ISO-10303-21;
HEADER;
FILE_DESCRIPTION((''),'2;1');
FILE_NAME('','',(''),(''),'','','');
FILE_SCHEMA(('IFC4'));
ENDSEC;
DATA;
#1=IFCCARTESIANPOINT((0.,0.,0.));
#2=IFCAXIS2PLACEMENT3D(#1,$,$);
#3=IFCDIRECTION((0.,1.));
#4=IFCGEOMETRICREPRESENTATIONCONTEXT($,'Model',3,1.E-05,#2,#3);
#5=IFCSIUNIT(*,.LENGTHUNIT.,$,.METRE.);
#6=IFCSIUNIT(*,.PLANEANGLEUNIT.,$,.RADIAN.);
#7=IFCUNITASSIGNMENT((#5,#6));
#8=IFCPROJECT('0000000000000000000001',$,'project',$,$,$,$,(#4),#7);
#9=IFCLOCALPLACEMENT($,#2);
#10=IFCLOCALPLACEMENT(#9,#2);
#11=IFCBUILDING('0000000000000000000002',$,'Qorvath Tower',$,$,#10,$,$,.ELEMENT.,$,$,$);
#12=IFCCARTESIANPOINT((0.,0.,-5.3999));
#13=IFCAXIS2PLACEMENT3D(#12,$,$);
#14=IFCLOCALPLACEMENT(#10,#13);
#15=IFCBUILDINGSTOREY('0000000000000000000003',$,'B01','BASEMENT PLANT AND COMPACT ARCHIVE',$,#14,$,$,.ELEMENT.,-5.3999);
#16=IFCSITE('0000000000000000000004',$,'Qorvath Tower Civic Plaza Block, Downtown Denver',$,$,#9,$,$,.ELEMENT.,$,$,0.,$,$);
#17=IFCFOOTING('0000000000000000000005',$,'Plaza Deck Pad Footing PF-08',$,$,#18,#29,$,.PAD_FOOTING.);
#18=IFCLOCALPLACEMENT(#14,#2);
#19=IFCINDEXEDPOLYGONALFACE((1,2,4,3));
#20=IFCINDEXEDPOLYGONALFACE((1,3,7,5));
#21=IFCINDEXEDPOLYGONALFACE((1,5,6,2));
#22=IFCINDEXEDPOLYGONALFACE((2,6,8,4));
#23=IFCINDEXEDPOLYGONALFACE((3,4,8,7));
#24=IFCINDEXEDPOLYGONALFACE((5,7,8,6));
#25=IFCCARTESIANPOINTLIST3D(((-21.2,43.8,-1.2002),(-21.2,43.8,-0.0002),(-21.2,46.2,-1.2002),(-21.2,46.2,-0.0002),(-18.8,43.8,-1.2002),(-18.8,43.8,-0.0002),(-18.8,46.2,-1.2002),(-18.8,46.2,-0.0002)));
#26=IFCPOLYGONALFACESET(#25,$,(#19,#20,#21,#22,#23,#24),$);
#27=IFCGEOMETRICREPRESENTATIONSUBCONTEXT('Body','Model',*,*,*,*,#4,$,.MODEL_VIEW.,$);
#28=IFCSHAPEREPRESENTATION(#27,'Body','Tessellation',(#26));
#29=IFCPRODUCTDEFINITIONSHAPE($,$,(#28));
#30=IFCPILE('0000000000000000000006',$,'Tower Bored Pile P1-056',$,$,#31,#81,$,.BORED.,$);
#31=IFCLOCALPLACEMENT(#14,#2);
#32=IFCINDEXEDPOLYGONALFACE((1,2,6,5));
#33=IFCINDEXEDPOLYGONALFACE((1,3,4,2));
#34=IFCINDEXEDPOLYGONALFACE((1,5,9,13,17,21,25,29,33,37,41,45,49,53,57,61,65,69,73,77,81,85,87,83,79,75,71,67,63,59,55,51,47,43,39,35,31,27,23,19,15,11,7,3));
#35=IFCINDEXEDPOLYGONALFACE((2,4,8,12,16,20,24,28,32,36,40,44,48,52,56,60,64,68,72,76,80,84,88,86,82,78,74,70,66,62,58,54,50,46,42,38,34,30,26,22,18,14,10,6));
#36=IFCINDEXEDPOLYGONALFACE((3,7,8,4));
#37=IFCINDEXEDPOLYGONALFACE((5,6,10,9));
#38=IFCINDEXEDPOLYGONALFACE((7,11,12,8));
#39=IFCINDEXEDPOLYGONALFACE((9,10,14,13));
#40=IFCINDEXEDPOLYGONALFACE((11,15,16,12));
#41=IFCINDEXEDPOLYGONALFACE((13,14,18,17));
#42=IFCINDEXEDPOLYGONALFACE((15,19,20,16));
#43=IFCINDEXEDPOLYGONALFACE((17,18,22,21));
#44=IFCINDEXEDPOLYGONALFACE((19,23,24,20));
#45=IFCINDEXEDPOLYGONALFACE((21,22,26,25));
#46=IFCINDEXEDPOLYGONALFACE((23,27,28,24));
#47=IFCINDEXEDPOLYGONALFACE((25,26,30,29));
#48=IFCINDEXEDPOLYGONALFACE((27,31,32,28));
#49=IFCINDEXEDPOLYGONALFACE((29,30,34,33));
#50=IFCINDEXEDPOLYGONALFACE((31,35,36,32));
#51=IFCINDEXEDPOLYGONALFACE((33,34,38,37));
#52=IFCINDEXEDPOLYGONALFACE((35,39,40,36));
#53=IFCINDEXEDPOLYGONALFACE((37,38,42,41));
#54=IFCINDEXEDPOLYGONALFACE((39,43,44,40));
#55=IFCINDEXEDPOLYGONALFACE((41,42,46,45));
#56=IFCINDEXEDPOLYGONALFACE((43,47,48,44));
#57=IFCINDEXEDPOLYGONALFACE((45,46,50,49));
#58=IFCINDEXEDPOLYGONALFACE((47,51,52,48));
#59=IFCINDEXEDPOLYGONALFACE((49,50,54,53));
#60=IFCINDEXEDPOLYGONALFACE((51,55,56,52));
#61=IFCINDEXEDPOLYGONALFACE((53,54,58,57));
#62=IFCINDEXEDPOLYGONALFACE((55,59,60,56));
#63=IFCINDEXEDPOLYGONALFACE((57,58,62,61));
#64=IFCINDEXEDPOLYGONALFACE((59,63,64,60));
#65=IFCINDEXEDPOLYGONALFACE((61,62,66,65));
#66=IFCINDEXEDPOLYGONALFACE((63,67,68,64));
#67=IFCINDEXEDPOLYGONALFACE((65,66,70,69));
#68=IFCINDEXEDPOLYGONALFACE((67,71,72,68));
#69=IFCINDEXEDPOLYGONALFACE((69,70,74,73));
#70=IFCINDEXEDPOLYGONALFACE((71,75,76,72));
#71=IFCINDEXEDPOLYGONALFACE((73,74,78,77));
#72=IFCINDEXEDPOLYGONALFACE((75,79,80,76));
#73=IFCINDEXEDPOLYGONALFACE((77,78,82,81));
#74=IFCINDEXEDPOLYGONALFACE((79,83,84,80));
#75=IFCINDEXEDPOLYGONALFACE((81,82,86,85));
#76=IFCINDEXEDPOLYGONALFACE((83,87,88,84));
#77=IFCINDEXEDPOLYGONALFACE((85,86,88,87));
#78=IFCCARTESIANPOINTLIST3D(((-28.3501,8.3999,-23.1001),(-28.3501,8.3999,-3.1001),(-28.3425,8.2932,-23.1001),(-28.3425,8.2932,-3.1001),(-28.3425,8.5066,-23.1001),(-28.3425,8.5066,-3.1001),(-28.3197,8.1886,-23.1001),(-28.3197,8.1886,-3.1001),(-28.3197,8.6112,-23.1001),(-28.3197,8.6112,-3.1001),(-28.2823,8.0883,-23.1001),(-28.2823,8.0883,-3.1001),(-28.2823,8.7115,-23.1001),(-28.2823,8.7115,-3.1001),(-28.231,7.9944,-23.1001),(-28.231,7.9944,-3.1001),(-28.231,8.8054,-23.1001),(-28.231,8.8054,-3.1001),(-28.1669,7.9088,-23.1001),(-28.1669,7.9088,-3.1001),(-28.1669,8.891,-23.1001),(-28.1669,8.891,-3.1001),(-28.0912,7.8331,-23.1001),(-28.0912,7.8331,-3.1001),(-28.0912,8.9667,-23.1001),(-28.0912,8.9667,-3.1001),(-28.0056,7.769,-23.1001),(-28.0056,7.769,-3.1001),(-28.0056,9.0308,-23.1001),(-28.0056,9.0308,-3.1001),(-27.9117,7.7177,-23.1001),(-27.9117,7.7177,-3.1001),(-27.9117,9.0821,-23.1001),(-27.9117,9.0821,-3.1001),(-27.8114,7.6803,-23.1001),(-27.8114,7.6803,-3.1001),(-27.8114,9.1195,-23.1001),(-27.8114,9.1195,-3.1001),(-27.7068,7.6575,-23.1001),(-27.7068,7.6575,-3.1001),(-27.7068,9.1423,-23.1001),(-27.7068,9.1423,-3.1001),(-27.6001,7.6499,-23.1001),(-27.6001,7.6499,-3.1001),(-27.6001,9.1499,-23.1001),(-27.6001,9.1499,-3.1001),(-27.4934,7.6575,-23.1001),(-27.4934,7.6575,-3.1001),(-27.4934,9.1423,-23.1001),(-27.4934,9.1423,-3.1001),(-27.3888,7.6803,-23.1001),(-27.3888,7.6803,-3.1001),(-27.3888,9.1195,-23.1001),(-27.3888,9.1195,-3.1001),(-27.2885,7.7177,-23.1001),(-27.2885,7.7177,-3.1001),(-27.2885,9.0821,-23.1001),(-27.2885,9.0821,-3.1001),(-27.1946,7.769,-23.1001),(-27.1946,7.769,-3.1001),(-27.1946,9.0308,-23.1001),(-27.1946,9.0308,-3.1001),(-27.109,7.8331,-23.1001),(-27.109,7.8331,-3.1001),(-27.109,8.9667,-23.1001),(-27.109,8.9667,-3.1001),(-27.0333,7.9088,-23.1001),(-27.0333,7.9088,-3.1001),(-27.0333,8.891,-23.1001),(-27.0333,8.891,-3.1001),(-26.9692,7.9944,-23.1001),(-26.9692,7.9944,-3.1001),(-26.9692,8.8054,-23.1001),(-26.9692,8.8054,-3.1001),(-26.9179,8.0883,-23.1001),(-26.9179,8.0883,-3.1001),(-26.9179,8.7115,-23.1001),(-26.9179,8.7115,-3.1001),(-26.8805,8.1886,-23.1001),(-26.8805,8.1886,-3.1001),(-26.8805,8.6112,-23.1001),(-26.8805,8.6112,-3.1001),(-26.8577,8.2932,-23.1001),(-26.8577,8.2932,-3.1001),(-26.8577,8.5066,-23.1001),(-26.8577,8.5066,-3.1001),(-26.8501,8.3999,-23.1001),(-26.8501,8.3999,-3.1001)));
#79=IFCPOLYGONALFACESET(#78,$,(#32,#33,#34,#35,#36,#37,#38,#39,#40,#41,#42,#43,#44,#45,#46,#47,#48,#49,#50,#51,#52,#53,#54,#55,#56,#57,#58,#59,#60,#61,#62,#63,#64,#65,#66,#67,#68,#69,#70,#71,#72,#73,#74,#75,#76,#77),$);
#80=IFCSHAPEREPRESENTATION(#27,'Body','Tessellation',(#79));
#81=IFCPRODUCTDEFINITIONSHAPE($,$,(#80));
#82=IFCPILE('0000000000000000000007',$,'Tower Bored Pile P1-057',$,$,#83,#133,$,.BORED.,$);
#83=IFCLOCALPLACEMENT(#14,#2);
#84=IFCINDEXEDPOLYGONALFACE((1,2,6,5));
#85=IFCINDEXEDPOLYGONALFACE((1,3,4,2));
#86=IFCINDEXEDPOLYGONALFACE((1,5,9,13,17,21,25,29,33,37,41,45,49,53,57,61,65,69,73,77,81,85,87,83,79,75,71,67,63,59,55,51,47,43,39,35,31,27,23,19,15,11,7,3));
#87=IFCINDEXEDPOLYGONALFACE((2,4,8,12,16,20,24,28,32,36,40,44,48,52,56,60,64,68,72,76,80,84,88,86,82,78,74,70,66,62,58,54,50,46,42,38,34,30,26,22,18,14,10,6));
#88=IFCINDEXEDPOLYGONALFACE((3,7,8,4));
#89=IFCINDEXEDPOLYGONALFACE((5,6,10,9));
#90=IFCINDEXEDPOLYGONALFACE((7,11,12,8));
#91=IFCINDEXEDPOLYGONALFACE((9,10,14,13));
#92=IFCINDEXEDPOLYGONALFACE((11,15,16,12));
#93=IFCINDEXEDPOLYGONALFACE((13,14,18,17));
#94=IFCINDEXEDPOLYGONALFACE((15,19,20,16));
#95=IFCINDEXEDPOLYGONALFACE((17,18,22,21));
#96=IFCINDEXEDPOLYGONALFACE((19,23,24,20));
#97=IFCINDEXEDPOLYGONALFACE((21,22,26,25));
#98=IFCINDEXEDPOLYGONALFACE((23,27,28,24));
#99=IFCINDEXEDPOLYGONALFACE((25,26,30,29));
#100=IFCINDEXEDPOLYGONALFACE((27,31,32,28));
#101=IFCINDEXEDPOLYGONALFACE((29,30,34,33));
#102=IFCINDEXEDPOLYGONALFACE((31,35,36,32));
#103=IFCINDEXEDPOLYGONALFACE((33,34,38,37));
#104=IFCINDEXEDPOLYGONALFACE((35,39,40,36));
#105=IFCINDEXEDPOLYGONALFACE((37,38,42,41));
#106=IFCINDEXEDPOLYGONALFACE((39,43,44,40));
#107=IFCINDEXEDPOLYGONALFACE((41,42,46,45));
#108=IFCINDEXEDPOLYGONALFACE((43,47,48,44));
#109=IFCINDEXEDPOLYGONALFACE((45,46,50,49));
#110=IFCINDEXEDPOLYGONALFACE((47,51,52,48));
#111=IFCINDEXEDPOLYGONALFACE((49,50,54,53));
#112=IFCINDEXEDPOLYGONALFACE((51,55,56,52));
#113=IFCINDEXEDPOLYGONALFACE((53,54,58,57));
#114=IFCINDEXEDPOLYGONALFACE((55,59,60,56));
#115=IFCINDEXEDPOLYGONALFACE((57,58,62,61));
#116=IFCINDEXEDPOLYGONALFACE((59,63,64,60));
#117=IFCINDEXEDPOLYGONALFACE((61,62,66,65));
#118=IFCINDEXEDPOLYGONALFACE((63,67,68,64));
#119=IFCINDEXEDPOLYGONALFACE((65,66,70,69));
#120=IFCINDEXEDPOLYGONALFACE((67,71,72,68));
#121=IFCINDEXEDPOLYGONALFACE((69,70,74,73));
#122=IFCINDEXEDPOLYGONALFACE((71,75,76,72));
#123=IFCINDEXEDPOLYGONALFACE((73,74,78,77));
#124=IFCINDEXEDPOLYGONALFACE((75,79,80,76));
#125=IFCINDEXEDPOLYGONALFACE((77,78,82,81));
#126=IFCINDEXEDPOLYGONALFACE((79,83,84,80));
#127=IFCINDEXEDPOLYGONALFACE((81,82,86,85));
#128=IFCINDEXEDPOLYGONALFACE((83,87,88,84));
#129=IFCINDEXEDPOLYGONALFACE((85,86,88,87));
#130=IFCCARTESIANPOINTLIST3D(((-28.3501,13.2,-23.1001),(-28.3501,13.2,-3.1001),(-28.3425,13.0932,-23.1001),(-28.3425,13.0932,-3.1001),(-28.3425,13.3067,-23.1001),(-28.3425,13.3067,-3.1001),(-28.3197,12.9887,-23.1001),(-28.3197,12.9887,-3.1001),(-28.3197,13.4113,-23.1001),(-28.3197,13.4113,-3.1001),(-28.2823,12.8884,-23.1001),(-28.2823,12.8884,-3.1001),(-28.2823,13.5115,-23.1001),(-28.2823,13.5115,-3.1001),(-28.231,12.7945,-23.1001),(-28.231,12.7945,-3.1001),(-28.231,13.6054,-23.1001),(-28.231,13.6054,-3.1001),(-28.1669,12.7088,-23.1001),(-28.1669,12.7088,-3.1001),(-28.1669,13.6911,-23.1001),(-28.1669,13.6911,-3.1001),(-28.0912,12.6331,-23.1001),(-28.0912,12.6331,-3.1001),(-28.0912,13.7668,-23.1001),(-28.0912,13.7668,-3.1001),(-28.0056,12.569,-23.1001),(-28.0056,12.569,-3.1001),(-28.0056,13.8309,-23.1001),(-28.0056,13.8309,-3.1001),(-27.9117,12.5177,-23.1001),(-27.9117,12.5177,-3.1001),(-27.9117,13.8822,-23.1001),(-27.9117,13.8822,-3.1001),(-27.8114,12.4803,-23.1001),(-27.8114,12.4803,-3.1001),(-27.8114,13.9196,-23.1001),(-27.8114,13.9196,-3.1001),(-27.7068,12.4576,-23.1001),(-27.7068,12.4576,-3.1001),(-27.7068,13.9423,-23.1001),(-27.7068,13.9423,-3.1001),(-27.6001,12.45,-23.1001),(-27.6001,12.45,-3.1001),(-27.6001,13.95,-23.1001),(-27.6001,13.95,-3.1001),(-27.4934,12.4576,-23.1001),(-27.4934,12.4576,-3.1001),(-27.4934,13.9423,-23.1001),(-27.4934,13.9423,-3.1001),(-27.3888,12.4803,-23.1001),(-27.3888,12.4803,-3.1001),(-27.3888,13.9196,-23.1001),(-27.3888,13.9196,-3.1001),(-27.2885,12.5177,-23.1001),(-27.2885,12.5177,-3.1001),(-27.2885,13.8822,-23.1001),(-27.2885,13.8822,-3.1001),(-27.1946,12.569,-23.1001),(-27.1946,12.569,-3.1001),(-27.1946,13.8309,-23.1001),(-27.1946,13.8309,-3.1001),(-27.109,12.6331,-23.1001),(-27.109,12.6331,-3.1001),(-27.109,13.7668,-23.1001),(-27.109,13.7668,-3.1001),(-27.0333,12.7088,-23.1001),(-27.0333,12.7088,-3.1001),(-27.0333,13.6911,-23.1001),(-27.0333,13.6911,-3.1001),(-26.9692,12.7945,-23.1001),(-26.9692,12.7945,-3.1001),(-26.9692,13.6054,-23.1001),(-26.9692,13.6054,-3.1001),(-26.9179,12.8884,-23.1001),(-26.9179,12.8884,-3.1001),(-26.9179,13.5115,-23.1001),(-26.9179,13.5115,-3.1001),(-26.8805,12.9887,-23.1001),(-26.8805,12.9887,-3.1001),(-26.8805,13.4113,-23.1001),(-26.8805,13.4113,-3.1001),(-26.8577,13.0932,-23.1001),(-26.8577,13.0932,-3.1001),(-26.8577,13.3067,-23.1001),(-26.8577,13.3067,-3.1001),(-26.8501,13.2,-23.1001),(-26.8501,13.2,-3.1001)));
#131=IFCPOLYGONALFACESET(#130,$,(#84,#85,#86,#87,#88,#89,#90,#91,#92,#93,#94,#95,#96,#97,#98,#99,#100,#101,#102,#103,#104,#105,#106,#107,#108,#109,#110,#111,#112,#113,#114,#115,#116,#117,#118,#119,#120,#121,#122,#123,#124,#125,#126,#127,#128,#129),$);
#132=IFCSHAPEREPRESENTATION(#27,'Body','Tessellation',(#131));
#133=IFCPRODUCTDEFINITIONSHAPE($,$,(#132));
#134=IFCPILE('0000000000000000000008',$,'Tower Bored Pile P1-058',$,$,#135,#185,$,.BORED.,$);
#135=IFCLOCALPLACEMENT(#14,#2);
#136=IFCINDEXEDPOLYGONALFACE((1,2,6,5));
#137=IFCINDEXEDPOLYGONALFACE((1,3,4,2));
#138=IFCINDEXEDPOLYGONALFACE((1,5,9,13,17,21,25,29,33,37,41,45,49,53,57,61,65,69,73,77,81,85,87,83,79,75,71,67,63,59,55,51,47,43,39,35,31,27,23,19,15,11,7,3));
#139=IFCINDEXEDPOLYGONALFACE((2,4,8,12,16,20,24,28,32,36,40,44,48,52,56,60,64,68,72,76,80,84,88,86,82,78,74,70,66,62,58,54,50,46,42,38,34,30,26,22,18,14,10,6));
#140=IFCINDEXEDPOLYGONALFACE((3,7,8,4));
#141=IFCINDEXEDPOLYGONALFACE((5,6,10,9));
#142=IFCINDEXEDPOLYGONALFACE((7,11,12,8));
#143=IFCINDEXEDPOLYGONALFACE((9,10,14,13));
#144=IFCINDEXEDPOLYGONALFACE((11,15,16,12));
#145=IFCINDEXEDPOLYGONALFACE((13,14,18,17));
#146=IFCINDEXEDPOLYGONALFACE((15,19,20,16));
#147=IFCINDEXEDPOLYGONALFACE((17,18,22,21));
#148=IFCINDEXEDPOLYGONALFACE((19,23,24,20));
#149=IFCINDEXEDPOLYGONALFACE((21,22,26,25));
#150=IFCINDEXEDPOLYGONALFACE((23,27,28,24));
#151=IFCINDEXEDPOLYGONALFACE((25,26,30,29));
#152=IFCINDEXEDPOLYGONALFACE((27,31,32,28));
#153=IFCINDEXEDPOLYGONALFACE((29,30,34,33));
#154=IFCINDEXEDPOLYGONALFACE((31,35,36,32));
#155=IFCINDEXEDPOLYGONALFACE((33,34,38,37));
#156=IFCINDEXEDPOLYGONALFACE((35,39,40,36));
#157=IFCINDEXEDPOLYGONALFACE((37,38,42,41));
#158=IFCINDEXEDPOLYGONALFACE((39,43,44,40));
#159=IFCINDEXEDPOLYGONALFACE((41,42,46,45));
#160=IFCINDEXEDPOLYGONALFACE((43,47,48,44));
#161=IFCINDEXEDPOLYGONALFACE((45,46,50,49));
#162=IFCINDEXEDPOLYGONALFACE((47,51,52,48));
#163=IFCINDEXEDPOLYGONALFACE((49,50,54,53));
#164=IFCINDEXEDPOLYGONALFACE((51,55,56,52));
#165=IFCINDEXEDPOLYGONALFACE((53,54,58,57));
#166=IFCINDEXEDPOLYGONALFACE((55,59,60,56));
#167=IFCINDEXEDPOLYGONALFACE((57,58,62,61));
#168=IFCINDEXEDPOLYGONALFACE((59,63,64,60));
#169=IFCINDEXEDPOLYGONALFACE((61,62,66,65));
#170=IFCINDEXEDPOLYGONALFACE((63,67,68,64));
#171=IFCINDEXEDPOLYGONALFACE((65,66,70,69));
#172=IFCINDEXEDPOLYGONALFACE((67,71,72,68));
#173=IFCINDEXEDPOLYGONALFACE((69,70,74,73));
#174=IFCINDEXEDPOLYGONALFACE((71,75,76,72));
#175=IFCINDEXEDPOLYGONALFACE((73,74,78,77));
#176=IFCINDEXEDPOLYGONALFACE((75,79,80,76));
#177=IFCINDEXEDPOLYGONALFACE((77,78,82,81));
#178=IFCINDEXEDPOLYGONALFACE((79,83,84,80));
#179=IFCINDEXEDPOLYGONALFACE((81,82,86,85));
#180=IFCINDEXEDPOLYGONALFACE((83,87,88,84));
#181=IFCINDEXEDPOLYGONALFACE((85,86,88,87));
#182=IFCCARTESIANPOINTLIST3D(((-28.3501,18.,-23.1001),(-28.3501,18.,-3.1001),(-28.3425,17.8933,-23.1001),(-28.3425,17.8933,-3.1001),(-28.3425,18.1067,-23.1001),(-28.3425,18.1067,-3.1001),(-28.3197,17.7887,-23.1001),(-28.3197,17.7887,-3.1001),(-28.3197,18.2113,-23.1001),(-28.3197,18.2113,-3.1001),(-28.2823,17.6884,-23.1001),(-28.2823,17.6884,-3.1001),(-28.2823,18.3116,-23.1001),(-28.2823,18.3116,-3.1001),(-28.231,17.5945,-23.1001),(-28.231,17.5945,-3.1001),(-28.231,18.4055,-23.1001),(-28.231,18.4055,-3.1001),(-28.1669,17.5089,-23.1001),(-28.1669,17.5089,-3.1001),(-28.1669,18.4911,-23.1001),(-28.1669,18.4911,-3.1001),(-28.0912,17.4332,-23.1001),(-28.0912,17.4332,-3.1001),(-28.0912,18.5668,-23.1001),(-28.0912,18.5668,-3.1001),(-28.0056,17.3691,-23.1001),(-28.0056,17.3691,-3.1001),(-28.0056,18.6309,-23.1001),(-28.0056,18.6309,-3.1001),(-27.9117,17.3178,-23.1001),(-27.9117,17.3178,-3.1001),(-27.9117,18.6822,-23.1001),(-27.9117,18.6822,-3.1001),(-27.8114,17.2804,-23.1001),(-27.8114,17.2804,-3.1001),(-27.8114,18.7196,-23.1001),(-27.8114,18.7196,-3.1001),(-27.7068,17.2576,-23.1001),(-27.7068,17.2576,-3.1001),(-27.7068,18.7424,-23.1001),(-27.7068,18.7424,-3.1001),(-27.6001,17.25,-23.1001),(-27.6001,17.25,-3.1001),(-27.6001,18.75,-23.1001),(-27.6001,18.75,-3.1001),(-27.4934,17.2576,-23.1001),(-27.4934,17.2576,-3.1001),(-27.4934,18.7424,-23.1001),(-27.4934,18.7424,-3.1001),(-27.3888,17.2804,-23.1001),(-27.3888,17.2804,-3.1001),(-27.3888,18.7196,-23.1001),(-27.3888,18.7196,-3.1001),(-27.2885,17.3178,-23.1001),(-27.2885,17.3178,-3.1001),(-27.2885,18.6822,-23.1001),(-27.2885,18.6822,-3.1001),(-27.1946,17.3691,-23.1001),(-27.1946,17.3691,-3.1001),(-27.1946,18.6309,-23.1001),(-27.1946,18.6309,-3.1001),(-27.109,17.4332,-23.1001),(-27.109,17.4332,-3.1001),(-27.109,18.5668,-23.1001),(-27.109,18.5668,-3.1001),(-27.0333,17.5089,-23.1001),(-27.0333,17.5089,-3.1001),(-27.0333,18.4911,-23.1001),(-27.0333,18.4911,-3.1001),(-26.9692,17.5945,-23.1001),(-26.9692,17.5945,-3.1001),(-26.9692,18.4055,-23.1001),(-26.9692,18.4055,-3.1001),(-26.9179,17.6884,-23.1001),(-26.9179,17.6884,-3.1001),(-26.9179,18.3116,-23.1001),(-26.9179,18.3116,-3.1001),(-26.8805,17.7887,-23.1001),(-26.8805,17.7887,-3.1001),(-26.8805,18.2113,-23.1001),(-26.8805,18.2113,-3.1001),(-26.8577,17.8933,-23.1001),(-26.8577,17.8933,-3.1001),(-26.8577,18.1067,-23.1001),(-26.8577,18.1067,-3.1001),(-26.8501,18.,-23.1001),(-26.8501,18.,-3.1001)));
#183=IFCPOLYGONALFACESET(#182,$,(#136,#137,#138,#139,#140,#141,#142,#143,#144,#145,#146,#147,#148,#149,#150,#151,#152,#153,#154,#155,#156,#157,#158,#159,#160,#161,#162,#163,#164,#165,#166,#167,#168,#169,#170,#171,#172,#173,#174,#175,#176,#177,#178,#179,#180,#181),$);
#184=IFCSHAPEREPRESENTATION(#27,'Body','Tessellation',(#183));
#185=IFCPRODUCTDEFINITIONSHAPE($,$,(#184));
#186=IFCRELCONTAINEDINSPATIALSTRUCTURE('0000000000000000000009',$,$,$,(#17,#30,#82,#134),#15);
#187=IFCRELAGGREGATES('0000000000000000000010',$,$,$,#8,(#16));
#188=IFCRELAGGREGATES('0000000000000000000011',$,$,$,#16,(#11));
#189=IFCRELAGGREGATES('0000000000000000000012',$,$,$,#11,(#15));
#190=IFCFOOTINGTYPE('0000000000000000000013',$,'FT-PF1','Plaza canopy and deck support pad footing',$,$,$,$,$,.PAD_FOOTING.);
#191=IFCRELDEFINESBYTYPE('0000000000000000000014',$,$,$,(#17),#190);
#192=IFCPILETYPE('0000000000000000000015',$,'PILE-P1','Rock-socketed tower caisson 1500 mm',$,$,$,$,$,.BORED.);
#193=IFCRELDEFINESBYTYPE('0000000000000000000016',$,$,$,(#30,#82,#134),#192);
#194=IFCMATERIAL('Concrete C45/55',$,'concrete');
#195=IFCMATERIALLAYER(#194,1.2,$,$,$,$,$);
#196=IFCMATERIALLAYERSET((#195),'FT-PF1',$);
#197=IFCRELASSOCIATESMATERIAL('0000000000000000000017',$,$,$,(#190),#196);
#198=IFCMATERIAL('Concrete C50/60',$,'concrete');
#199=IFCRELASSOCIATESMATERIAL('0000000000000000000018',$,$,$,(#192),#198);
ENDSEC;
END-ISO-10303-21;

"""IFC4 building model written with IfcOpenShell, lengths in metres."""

from ifc_helpers import new_model, si_unit, direction, frame, origin, origin_2d, place, context, subcontext, project, spatial, rectangle, circle, extrude, material, layer, layer_set, material_profile, profile_set, type_object, element, save


model = new_model("IFC4")

# Units and contexts
model_context = context("Model", 3, precision=1e-05, world=origin(), true_north=direction((0.0, 1.0)))
body_context = subcontext(model_context, "Body", "Model", "MODEL_VIEW")
ifc_project = project(units=[si_unit("LENGTHUNIT", "METRE"), si_unit("PLANEANGLEUNIT", "RADIAN")], contexts=[model_context])

# Site, building, storey
site_placement = place(None, origin())
site = spatial("IfcSite", under=ifc_project, at=site_placement, Name="Qorvath Tower Civic Plaza Block, Downtown Denver", CompositionType="ELEMENT", RefElevation=0.0)
building_placement = place(site_placement, origin())
building = spatial("IfcBuilding", under=site, at=building_placement, Name="Qorvath Tower", CompositionType="ELEMENT")
storey_placement = place(building_placement, frame((0.0, 0.0, -5.3999)))
storey = spatial("IfcBuildingStorey", under=building, at=storey_placement, Name="B01", Description="BASEMENT PLANT AND COMPACT ARCHIVE", CompositionType="ELEMENT", Elevation=-5.3999)

# Footing
ifc_material_1 = material(Name="Concrete C45/55", Category="concrete")
ifc_layer_1 = layer(ifc_material_1, 1.2)
ifc_layer_set_1 = layer_set([ifc_layer_1], Name="FT-PF1")
footing_type = type_object("IfcFootingType", Name="FT-PF1", Description="Plaza canopy and deck support pad footing", PredefinedType="PAD_FOOTING", material=ifc_layer_set_1)
footing_placement = place(storey_placement, frame((-20.0, 45.0, -1.2002), z_axis=(0.0, 0.0, 1.0), x_axis=(1.0, 0.0, 0.0)))
element("IfcFooting", 1, at=footing_placement, inside=storey, type_object=footing_type, Name="Plaza Deck Pad Footing PF-08", PredefinedType="PAD_FOOTING", context=body_context, shape_type="SweptSolid", body=[
    extrude(rectangle(XDim=2.3999, YDim=2.3999, at=origin_2d()), origin(), (0.0, 0.0, 1.0), 1.2),
])

# Piles
ifc_material_2 = material(Name="Concrete C50/60", Category="concrete")
ifc_material_profile_1 = material_profile(ifc_material_2, circle(Radius=0.75, at=origin_2d()), Name="BORED PILE 1500")
ifc_profile_set_1 = profile_set([ifc_material_profile_1], Name="Concrete C50/60")
pile_type = type_object("IfcPileType", Name="PILE-P1", Description="Rock-socketed tower caisson 1500 mm", PredefinedType="BORED", material=ifc_profile_set_1)
for number, where, z_axis, x_axis, name in (
    (2, (-27.6001, 8.3999, -3.1001), (0.0, 0.0, -1.0), (1.0, 0.0, 0.0), "Tower Bored Pile P1-056"),
    (3, (-27.6001, 13.2, -3.1001), (0.0, 0.0, -1.0), (1.0, 0.0, 0.0), "Tower Bored Pile P1-057"),
    (4, (-27.6001, 18.0, -3.1001), (0.0, 0.0, -1.0), (1.0, 0.0, 0.0), "Tower Bored Pile P1-058"),
):
    element("IfcPile", number, at=place(storey_placement, frame(where, z_axis=z_axis, x_axis=x_axis)), inside=storey, type_object=pile_type, Name=name, PredefinedType="BORED", context=body_context, shape_type="SweptSolid", body=[
        extrude(circle(Radius=0.75, at=origin_2d()), origin(), (0.0, 0.0, 1.0), 20.0),
    ])

save(model, "model.ifc")
